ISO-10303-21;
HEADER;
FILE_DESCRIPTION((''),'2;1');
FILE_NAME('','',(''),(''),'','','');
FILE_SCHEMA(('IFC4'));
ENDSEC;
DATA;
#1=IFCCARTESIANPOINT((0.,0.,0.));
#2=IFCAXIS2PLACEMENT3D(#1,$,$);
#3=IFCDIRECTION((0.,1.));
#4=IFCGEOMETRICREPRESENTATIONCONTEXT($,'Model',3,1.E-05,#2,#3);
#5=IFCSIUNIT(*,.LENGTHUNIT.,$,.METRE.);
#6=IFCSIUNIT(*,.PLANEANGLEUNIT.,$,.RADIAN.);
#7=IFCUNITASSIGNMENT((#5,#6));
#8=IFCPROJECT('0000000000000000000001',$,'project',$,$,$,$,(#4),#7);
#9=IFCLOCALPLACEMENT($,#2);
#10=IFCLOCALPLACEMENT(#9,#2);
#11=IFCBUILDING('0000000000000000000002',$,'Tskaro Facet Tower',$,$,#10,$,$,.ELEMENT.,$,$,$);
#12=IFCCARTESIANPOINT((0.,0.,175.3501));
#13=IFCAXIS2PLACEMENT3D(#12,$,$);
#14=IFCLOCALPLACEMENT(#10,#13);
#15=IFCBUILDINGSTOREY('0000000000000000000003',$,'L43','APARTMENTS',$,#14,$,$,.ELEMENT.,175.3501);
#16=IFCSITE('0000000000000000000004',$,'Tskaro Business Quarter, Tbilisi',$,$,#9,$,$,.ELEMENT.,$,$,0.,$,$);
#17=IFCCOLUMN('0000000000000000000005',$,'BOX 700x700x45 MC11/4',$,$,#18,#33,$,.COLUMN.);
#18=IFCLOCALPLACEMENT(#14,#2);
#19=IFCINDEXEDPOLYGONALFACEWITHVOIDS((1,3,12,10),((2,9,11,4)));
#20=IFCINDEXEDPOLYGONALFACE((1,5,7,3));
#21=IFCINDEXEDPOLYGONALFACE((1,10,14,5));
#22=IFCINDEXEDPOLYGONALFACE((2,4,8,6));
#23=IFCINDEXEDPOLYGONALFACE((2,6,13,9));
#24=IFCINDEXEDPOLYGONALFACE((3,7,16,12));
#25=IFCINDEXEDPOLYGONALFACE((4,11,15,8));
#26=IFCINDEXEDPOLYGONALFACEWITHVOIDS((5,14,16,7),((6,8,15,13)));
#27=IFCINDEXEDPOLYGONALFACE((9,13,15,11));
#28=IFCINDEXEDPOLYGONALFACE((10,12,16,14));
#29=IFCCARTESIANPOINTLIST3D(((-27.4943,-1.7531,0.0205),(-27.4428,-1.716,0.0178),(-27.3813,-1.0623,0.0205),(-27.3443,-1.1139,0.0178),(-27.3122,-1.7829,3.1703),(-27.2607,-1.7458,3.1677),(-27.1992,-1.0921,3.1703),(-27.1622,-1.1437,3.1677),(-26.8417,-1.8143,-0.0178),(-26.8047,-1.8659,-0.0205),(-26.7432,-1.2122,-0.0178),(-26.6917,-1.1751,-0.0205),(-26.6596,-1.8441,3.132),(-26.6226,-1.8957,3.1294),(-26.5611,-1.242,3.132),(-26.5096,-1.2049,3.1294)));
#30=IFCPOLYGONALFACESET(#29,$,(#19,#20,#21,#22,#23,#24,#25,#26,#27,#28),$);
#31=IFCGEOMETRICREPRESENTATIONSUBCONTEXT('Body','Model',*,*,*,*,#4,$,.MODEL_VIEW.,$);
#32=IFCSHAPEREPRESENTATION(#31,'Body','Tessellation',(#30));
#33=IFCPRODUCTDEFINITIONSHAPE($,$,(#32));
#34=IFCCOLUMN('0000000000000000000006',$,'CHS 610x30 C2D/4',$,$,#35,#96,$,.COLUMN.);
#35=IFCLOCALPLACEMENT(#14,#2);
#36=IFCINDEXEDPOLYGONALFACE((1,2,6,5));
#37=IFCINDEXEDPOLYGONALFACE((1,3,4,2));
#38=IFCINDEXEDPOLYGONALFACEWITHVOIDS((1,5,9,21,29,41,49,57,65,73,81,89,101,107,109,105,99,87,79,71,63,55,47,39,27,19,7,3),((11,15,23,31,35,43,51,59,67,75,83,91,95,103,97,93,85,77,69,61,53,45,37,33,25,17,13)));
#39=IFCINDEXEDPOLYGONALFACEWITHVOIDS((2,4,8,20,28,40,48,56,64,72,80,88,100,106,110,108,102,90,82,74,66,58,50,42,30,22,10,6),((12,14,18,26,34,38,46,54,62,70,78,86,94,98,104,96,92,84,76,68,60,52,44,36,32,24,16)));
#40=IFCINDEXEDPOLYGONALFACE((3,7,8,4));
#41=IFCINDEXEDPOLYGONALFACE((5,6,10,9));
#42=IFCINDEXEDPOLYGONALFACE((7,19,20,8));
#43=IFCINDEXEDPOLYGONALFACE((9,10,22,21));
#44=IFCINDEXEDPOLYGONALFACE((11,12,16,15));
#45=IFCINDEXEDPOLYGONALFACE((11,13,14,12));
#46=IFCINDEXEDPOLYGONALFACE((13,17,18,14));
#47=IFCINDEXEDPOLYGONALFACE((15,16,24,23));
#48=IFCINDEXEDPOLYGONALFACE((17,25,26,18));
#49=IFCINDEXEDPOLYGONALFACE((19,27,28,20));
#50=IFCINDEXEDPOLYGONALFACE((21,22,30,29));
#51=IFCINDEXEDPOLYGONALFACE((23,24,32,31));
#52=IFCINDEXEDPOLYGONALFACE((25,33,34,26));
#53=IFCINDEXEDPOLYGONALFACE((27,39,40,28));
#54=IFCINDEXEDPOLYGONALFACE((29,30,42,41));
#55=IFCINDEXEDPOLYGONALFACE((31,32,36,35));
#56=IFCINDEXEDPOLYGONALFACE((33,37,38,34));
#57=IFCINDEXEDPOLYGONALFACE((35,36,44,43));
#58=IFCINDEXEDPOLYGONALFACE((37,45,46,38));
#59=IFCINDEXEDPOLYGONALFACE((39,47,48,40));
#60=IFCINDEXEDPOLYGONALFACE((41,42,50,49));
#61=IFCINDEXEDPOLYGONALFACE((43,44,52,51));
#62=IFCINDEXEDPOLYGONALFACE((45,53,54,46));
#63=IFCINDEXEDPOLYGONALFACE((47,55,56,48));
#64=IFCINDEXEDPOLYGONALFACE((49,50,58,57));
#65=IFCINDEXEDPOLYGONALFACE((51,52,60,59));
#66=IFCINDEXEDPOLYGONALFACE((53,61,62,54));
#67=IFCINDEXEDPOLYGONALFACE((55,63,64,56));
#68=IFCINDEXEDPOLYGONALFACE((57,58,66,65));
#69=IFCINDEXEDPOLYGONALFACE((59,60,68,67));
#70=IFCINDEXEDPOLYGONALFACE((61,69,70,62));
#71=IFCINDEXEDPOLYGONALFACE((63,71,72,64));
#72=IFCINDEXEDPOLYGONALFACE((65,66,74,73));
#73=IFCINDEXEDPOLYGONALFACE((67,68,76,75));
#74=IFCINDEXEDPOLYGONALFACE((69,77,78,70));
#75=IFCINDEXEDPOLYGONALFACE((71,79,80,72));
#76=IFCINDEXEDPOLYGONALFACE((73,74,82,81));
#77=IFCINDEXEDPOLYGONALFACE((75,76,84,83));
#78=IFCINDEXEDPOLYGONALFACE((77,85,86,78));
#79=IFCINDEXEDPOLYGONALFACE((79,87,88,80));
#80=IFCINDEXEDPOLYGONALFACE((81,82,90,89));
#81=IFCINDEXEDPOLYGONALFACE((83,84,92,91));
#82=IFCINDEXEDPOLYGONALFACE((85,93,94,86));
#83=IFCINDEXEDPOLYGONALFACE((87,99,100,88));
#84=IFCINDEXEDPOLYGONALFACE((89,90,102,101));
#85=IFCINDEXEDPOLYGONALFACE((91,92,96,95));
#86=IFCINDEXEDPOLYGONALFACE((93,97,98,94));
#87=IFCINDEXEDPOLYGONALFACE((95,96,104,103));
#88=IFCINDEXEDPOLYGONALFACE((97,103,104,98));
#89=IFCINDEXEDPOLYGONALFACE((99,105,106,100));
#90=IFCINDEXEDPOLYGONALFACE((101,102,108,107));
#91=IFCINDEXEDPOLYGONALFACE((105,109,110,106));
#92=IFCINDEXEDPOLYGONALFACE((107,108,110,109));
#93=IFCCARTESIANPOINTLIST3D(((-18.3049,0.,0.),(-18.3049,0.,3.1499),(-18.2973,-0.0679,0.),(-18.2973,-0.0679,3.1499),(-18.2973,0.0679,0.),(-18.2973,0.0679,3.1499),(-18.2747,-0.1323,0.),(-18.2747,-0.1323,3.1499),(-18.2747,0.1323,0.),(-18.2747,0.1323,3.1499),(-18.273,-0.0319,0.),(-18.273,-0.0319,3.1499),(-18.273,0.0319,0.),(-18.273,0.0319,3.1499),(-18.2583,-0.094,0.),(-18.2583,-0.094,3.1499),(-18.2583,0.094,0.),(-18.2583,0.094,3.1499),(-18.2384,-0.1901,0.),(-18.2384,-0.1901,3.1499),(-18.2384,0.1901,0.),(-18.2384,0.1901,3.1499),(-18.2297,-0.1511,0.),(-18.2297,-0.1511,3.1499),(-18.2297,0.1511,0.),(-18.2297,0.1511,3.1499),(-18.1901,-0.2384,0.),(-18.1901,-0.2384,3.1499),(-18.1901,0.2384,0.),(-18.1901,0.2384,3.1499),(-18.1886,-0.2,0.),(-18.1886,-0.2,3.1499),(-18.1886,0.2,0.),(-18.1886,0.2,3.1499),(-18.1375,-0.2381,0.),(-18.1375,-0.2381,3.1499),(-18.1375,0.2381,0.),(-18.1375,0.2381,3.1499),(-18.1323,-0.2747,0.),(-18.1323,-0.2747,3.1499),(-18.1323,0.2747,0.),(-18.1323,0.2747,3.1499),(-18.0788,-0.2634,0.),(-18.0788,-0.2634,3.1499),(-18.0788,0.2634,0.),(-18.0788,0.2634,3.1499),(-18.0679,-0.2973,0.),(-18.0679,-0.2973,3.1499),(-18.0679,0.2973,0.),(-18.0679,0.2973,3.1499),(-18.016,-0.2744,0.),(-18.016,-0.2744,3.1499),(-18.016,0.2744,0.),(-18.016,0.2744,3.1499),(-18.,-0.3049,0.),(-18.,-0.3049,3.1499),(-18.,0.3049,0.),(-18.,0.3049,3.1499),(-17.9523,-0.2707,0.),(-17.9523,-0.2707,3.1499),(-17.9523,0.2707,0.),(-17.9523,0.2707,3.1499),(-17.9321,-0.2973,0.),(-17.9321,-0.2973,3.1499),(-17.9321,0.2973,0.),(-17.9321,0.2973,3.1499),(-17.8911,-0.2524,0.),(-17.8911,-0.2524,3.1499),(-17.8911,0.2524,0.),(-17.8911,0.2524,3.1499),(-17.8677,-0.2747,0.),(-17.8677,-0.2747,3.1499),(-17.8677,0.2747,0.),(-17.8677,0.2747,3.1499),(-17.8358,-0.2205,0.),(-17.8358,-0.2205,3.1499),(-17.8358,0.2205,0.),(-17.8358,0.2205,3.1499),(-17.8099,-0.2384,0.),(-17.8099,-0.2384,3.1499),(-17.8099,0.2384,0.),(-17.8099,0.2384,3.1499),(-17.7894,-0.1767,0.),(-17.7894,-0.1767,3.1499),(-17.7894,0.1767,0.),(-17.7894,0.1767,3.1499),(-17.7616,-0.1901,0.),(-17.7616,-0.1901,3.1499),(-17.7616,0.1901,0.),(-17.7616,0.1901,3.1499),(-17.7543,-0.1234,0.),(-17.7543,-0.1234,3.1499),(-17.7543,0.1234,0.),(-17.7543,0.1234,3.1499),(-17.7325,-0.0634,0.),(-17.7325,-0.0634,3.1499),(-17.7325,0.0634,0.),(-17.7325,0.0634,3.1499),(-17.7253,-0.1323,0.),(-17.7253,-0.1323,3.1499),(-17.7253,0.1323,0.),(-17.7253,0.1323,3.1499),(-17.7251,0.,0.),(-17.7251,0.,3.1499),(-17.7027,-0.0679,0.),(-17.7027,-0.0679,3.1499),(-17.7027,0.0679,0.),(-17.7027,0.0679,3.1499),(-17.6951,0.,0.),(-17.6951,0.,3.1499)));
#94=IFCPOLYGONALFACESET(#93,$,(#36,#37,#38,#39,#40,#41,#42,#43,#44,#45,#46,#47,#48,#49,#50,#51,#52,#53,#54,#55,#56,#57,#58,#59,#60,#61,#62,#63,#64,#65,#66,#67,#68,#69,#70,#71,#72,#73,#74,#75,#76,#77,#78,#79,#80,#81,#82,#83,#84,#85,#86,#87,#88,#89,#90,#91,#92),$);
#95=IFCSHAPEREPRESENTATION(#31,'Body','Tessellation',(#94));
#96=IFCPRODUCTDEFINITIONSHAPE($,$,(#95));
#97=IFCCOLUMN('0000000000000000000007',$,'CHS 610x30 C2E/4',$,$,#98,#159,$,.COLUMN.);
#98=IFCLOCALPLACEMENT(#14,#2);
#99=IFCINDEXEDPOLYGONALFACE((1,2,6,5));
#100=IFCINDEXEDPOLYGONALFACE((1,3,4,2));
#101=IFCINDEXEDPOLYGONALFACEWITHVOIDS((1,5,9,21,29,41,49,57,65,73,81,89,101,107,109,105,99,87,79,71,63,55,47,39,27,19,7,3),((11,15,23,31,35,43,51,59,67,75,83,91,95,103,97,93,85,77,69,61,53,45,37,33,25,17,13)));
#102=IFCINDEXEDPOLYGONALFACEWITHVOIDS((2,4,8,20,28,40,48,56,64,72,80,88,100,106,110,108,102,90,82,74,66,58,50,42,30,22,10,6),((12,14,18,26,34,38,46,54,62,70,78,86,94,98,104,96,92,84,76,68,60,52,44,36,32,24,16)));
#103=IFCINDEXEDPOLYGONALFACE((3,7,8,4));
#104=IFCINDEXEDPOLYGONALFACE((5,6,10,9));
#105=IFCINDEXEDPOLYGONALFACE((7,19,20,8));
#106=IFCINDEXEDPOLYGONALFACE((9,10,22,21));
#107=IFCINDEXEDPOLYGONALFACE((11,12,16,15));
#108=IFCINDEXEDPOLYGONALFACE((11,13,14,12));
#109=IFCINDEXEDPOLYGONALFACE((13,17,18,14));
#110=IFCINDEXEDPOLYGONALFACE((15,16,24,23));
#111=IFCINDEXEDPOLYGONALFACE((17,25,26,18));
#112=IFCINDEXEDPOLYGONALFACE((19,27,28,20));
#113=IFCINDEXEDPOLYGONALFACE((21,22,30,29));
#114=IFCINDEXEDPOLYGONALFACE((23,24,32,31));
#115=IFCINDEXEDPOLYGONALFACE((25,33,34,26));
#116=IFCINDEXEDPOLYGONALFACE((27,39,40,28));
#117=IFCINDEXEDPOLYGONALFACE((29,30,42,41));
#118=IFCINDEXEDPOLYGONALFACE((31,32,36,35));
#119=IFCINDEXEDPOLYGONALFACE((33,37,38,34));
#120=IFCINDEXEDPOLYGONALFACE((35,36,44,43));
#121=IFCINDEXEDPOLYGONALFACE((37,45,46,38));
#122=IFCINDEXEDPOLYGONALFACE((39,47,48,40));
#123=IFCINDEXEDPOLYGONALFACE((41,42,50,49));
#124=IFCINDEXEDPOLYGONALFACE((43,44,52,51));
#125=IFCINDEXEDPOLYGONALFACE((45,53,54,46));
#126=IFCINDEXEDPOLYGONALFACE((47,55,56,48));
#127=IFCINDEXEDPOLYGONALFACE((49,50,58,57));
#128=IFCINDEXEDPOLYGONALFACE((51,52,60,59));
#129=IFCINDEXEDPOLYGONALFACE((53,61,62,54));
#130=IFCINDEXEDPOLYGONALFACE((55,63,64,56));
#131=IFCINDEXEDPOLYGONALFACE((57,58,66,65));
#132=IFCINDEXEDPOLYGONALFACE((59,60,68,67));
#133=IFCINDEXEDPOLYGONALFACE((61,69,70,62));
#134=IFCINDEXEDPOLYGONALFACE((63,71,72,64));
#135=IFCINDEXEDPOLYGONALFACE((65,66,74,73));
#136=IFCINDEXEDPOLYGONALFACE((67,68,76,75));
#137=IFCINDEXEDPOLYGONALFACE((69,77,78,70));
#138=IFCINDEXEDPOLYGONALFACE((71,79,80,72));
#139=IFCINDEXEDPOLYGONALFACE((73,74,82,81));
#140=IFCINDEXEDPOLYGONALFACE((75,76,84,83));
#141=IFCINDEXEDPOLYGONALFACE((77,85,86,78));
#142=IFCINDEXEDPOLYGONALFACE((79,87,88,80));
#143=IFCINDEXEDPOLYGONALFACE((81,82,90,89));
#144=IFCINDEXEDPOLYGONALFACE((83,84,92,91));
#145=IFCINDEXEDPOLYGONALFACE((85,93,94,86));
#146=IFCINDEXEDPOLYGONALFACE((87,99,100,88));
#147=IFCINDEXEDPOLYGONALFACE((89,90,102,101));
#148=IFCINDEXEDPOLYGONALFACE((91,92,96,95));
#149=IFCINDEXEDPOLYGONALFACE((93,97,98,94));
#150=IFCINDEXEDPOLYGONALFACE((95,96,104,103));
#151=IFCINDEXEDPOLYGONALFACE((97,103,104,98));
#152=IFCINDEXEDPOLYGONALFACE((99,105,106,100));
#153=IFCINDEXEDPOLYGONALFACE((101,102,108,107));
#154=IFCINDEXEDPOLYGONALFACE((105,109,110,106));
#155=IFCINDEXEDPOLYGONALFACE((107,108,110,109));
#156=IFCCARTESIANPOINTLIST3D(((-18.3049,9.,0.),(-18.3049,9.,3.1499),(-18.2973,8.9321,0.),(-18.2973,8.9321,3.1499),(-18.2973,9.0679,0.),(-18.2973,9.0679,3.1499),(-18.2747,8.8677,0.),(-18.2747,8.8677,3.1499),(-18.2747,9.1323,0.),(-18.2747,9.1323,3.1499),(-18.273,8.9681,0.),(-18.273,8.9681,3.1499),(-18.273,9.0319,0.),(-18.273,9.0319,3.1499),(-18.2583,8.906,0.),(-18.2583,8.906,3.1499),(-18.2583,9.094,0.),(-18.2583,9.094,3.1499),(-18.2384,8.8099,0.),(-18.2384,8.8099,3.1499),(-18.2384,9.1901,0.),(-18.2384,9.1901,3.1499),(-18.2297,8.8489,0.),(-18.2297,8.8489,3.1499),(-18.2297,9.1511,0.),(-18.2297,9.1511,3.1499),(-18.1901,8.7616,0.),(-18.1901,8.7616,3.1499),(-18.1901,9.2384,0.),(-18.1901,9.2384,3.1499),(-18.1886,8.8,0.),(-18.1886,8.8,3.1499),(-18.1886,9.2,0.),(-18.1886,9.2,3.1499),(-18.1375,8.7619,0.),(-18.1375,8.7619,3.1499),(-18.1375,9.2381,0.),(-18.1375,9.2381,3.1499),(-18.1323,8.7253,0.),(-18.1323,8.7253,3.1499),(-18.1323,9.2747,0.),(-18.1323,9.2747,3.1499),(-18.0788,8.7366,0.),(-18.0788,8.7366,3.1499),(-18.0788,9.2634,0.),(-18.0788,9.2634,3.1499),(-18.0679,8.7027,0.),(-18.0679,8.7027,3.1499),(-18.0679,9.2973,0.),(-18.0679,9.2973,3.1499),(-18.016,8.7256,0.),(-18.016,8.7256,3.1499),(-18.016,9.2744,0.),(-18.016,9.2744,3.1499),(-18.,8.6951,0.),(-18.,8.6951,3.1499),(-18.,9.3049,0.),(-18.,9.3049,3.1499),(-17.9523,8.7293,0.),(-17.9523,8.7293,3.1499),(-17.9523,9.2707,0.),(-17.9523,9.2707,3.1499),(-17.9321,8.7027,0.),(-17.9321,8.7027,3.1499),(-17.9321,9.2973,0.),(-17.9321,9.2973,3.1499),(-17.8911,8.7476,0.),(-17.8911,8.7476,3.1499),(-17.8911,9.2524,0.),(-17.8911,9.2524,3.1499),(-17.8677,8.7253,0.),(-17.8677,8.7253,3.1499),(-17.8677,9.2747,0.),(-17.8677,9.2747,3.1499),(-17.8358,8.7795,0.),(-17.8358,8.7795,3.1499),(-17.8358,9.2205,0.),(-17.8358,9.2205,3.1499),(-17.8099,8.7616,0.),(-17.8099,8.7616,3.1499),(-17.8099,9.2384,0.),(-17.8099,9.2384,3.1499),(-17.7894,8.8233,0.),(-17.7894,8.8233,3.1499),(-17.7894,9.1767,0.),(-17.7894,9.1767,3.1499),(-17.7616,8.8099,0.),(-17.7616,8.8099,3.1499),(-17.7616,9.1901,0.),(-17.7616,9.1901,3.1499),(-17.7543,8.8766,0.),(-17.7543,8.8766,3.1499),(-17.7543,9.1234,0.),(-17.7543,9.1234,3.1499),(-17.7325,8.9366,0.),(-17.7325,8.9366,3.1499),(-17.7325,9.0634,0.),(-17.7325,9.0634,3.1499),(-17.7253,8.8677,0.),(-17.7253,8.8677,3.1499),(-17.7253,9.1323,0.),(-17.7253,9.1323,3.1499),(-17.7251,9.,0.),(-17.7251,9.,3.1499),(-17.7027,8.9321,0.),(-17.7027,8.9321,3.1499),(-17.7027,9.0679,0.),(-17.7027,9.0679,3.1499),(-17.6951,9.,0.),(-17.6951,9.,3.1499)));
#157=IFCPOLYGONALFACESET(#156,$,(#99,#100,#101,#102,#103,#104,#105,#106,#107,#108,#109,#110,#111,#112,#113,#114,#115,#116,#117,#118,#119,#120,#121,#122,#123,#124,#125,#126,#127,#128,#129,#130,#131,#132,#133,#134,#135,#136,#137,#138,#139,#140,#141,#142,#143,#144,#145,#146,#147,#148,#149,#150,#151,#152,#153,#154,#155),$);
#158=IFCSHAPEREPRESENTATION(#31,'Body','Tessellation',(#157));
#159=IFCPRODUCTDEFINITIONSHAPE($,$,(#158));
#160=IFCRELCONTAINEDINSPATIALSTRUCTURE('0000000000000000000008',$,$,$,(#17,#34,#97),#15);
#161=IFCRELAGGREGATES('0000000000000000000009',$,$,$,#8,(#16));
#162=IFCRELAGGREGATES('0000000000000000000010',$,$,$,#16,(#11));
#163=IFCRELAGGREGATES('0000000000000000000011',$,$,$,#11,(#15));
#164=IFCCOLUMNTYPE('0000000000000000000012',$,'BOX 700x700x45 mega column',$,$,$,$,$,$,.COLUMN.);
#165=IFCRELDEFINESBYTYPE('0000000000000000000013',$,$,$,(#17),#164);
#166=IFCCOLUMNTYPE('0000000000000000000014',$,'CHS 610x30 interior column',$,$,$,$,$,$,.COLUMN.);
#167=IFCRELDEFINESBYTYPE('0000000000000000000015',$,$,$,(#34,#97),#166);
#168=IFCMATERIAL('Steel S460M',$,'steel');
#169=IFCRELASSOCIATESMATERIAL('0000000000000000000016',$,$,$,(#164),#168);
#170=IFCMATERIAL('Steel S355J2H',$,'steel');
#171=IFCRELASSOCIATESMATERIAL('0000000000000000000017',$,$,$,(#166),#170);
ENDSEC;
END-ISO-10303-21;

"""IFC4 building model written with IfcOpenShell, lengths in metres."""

from ifc_helpers import new_model, si_unit, direction, frame, origin, origin_2d, place, context, subcontext, project, spatial, hollow_rectangle, hollow_circle, extrude, material, material_profile, profile_set, type_object, element, save


model = new_model("IFC4")

# Units and contexts
model_context = context("Model", 3, precision=1e-05, world=origin(), true_north=direction((0.0, 1.0)))
body_context = subcontext(model_context, "Body", "Model", "MODEL_VIEW")
ifc_project = project(units=[si_unit("LENGTHUNIT", "METRE"), si_unit("PLANEANGLEUNIT", "RADIAN")], contexts=[model_context])

# Site, building, storey
site_placement = place(None, origin())
site = spatial("IfcSite", under=ifc_project, at=site_placement, Name="Tskaro Business Quarter, Tbilisi", CompositionType="ELEMENT", RefElevation=0.0)
building_placement = place(site_placement, origin())
building = spatial("IfcBuilding", under=site, at=building_placement, Name="Tskaro Facet Tower", CompositionType="ELEMENT")
storey_placement = place(building_placement, frame((0.0, 0.0, 175.3501)))
storey = spatial("IfcBuildingStorey", under=building, at=storey_placement, Name="L43", Description="APARTMENTS", CompositionType="ELEMENT", Elevation=175.3501)

# Columns
ifc_material_1 = material(Name="Steel S460M", Category="steel")
ifc_material_profile_1 = material_profile(ifc_material_1, hollow_rectangle(XDim=0.7, YDim=0.7, WallThickness=0.0449, at=origin_2d()), Name="BOX 700x700x45")
ifc_profile_set_1 = profile_set([ifc_material_profile_1], Name="Steel S460M")
column_type_1 = type_object("IfcColumnType", Name="BOX 700x700x45 mega column", PredefinedType="COLUMN", material=ifc_profile_set_1)
column_1_placement = place(storey_placement, frame((-27.093, -1.4641, 0.0), z_axis=(0.057722, -0.00944, 0.998288), x_axis=(0.161395, 0.98689, 0.0)))
element("IfcColumn", 1, at=column_1_placement, inside=storey, type_object=column_type_1, Name="BOX 700x700x45 MC11/4", PredefinedType="COLUMN", context=body_context, shape_type="SweptSolid", body=[
    extrude(hollow_rectangle(XDim=0.7, YDim=0.7, WallThickness=0.0449, at=origin_2d()), origin(), (0.0, 0.0, 1.0), 3.1553),
])
ifc_material_2 = material(Name="Steel S355J2H", Category="steel")
ifc_material_profile_2 = material_profile(ifc_material_2, hollow_circle(Radius=0.3049, WallThickness=0.03, at=origin_2d()), Name="CHS 610x30")
ifc_profile_set_2 = profile_set([ifc_material_profile_2], Name="Steel S355J2H")
column_type_2 = type_object("IfcColumnType", Name="CHS 610x30 interior column", PredefinedType="COLUMN", material=ifc_profile_set_2)
for number, where, z_axis, x_axis, name in (
    (2, (-18.0, 0.0, 0.0), (0.0, 0.0, 1.0), (1.0, 0.0, 0.0), "CHS 610x30 C2D/4"),
    (3, (-18.0, 9.0, 0.0), (0.0, 0.0, 1.0), (1.0, 0.0, 0.0), "CHS 610x30 C2E/4"),
):
    element("IfcColumn", number, at=place(storey_placement, frame(where, z_axis=z_axis, x_axis=x_axis)), inside=storey, type_object=column_type_2, Name=name, PredefinedType="COLUMN", context=body_context, shape_type="SweptSolid", body=[
        extrude(hollow_circle(Radius=0.3049, WallThickness=0.03, at=origin_2d()), origin(), (0.0, 0.0, 1.0), 3.1499),
    ])

save(model, "model.ifc")
